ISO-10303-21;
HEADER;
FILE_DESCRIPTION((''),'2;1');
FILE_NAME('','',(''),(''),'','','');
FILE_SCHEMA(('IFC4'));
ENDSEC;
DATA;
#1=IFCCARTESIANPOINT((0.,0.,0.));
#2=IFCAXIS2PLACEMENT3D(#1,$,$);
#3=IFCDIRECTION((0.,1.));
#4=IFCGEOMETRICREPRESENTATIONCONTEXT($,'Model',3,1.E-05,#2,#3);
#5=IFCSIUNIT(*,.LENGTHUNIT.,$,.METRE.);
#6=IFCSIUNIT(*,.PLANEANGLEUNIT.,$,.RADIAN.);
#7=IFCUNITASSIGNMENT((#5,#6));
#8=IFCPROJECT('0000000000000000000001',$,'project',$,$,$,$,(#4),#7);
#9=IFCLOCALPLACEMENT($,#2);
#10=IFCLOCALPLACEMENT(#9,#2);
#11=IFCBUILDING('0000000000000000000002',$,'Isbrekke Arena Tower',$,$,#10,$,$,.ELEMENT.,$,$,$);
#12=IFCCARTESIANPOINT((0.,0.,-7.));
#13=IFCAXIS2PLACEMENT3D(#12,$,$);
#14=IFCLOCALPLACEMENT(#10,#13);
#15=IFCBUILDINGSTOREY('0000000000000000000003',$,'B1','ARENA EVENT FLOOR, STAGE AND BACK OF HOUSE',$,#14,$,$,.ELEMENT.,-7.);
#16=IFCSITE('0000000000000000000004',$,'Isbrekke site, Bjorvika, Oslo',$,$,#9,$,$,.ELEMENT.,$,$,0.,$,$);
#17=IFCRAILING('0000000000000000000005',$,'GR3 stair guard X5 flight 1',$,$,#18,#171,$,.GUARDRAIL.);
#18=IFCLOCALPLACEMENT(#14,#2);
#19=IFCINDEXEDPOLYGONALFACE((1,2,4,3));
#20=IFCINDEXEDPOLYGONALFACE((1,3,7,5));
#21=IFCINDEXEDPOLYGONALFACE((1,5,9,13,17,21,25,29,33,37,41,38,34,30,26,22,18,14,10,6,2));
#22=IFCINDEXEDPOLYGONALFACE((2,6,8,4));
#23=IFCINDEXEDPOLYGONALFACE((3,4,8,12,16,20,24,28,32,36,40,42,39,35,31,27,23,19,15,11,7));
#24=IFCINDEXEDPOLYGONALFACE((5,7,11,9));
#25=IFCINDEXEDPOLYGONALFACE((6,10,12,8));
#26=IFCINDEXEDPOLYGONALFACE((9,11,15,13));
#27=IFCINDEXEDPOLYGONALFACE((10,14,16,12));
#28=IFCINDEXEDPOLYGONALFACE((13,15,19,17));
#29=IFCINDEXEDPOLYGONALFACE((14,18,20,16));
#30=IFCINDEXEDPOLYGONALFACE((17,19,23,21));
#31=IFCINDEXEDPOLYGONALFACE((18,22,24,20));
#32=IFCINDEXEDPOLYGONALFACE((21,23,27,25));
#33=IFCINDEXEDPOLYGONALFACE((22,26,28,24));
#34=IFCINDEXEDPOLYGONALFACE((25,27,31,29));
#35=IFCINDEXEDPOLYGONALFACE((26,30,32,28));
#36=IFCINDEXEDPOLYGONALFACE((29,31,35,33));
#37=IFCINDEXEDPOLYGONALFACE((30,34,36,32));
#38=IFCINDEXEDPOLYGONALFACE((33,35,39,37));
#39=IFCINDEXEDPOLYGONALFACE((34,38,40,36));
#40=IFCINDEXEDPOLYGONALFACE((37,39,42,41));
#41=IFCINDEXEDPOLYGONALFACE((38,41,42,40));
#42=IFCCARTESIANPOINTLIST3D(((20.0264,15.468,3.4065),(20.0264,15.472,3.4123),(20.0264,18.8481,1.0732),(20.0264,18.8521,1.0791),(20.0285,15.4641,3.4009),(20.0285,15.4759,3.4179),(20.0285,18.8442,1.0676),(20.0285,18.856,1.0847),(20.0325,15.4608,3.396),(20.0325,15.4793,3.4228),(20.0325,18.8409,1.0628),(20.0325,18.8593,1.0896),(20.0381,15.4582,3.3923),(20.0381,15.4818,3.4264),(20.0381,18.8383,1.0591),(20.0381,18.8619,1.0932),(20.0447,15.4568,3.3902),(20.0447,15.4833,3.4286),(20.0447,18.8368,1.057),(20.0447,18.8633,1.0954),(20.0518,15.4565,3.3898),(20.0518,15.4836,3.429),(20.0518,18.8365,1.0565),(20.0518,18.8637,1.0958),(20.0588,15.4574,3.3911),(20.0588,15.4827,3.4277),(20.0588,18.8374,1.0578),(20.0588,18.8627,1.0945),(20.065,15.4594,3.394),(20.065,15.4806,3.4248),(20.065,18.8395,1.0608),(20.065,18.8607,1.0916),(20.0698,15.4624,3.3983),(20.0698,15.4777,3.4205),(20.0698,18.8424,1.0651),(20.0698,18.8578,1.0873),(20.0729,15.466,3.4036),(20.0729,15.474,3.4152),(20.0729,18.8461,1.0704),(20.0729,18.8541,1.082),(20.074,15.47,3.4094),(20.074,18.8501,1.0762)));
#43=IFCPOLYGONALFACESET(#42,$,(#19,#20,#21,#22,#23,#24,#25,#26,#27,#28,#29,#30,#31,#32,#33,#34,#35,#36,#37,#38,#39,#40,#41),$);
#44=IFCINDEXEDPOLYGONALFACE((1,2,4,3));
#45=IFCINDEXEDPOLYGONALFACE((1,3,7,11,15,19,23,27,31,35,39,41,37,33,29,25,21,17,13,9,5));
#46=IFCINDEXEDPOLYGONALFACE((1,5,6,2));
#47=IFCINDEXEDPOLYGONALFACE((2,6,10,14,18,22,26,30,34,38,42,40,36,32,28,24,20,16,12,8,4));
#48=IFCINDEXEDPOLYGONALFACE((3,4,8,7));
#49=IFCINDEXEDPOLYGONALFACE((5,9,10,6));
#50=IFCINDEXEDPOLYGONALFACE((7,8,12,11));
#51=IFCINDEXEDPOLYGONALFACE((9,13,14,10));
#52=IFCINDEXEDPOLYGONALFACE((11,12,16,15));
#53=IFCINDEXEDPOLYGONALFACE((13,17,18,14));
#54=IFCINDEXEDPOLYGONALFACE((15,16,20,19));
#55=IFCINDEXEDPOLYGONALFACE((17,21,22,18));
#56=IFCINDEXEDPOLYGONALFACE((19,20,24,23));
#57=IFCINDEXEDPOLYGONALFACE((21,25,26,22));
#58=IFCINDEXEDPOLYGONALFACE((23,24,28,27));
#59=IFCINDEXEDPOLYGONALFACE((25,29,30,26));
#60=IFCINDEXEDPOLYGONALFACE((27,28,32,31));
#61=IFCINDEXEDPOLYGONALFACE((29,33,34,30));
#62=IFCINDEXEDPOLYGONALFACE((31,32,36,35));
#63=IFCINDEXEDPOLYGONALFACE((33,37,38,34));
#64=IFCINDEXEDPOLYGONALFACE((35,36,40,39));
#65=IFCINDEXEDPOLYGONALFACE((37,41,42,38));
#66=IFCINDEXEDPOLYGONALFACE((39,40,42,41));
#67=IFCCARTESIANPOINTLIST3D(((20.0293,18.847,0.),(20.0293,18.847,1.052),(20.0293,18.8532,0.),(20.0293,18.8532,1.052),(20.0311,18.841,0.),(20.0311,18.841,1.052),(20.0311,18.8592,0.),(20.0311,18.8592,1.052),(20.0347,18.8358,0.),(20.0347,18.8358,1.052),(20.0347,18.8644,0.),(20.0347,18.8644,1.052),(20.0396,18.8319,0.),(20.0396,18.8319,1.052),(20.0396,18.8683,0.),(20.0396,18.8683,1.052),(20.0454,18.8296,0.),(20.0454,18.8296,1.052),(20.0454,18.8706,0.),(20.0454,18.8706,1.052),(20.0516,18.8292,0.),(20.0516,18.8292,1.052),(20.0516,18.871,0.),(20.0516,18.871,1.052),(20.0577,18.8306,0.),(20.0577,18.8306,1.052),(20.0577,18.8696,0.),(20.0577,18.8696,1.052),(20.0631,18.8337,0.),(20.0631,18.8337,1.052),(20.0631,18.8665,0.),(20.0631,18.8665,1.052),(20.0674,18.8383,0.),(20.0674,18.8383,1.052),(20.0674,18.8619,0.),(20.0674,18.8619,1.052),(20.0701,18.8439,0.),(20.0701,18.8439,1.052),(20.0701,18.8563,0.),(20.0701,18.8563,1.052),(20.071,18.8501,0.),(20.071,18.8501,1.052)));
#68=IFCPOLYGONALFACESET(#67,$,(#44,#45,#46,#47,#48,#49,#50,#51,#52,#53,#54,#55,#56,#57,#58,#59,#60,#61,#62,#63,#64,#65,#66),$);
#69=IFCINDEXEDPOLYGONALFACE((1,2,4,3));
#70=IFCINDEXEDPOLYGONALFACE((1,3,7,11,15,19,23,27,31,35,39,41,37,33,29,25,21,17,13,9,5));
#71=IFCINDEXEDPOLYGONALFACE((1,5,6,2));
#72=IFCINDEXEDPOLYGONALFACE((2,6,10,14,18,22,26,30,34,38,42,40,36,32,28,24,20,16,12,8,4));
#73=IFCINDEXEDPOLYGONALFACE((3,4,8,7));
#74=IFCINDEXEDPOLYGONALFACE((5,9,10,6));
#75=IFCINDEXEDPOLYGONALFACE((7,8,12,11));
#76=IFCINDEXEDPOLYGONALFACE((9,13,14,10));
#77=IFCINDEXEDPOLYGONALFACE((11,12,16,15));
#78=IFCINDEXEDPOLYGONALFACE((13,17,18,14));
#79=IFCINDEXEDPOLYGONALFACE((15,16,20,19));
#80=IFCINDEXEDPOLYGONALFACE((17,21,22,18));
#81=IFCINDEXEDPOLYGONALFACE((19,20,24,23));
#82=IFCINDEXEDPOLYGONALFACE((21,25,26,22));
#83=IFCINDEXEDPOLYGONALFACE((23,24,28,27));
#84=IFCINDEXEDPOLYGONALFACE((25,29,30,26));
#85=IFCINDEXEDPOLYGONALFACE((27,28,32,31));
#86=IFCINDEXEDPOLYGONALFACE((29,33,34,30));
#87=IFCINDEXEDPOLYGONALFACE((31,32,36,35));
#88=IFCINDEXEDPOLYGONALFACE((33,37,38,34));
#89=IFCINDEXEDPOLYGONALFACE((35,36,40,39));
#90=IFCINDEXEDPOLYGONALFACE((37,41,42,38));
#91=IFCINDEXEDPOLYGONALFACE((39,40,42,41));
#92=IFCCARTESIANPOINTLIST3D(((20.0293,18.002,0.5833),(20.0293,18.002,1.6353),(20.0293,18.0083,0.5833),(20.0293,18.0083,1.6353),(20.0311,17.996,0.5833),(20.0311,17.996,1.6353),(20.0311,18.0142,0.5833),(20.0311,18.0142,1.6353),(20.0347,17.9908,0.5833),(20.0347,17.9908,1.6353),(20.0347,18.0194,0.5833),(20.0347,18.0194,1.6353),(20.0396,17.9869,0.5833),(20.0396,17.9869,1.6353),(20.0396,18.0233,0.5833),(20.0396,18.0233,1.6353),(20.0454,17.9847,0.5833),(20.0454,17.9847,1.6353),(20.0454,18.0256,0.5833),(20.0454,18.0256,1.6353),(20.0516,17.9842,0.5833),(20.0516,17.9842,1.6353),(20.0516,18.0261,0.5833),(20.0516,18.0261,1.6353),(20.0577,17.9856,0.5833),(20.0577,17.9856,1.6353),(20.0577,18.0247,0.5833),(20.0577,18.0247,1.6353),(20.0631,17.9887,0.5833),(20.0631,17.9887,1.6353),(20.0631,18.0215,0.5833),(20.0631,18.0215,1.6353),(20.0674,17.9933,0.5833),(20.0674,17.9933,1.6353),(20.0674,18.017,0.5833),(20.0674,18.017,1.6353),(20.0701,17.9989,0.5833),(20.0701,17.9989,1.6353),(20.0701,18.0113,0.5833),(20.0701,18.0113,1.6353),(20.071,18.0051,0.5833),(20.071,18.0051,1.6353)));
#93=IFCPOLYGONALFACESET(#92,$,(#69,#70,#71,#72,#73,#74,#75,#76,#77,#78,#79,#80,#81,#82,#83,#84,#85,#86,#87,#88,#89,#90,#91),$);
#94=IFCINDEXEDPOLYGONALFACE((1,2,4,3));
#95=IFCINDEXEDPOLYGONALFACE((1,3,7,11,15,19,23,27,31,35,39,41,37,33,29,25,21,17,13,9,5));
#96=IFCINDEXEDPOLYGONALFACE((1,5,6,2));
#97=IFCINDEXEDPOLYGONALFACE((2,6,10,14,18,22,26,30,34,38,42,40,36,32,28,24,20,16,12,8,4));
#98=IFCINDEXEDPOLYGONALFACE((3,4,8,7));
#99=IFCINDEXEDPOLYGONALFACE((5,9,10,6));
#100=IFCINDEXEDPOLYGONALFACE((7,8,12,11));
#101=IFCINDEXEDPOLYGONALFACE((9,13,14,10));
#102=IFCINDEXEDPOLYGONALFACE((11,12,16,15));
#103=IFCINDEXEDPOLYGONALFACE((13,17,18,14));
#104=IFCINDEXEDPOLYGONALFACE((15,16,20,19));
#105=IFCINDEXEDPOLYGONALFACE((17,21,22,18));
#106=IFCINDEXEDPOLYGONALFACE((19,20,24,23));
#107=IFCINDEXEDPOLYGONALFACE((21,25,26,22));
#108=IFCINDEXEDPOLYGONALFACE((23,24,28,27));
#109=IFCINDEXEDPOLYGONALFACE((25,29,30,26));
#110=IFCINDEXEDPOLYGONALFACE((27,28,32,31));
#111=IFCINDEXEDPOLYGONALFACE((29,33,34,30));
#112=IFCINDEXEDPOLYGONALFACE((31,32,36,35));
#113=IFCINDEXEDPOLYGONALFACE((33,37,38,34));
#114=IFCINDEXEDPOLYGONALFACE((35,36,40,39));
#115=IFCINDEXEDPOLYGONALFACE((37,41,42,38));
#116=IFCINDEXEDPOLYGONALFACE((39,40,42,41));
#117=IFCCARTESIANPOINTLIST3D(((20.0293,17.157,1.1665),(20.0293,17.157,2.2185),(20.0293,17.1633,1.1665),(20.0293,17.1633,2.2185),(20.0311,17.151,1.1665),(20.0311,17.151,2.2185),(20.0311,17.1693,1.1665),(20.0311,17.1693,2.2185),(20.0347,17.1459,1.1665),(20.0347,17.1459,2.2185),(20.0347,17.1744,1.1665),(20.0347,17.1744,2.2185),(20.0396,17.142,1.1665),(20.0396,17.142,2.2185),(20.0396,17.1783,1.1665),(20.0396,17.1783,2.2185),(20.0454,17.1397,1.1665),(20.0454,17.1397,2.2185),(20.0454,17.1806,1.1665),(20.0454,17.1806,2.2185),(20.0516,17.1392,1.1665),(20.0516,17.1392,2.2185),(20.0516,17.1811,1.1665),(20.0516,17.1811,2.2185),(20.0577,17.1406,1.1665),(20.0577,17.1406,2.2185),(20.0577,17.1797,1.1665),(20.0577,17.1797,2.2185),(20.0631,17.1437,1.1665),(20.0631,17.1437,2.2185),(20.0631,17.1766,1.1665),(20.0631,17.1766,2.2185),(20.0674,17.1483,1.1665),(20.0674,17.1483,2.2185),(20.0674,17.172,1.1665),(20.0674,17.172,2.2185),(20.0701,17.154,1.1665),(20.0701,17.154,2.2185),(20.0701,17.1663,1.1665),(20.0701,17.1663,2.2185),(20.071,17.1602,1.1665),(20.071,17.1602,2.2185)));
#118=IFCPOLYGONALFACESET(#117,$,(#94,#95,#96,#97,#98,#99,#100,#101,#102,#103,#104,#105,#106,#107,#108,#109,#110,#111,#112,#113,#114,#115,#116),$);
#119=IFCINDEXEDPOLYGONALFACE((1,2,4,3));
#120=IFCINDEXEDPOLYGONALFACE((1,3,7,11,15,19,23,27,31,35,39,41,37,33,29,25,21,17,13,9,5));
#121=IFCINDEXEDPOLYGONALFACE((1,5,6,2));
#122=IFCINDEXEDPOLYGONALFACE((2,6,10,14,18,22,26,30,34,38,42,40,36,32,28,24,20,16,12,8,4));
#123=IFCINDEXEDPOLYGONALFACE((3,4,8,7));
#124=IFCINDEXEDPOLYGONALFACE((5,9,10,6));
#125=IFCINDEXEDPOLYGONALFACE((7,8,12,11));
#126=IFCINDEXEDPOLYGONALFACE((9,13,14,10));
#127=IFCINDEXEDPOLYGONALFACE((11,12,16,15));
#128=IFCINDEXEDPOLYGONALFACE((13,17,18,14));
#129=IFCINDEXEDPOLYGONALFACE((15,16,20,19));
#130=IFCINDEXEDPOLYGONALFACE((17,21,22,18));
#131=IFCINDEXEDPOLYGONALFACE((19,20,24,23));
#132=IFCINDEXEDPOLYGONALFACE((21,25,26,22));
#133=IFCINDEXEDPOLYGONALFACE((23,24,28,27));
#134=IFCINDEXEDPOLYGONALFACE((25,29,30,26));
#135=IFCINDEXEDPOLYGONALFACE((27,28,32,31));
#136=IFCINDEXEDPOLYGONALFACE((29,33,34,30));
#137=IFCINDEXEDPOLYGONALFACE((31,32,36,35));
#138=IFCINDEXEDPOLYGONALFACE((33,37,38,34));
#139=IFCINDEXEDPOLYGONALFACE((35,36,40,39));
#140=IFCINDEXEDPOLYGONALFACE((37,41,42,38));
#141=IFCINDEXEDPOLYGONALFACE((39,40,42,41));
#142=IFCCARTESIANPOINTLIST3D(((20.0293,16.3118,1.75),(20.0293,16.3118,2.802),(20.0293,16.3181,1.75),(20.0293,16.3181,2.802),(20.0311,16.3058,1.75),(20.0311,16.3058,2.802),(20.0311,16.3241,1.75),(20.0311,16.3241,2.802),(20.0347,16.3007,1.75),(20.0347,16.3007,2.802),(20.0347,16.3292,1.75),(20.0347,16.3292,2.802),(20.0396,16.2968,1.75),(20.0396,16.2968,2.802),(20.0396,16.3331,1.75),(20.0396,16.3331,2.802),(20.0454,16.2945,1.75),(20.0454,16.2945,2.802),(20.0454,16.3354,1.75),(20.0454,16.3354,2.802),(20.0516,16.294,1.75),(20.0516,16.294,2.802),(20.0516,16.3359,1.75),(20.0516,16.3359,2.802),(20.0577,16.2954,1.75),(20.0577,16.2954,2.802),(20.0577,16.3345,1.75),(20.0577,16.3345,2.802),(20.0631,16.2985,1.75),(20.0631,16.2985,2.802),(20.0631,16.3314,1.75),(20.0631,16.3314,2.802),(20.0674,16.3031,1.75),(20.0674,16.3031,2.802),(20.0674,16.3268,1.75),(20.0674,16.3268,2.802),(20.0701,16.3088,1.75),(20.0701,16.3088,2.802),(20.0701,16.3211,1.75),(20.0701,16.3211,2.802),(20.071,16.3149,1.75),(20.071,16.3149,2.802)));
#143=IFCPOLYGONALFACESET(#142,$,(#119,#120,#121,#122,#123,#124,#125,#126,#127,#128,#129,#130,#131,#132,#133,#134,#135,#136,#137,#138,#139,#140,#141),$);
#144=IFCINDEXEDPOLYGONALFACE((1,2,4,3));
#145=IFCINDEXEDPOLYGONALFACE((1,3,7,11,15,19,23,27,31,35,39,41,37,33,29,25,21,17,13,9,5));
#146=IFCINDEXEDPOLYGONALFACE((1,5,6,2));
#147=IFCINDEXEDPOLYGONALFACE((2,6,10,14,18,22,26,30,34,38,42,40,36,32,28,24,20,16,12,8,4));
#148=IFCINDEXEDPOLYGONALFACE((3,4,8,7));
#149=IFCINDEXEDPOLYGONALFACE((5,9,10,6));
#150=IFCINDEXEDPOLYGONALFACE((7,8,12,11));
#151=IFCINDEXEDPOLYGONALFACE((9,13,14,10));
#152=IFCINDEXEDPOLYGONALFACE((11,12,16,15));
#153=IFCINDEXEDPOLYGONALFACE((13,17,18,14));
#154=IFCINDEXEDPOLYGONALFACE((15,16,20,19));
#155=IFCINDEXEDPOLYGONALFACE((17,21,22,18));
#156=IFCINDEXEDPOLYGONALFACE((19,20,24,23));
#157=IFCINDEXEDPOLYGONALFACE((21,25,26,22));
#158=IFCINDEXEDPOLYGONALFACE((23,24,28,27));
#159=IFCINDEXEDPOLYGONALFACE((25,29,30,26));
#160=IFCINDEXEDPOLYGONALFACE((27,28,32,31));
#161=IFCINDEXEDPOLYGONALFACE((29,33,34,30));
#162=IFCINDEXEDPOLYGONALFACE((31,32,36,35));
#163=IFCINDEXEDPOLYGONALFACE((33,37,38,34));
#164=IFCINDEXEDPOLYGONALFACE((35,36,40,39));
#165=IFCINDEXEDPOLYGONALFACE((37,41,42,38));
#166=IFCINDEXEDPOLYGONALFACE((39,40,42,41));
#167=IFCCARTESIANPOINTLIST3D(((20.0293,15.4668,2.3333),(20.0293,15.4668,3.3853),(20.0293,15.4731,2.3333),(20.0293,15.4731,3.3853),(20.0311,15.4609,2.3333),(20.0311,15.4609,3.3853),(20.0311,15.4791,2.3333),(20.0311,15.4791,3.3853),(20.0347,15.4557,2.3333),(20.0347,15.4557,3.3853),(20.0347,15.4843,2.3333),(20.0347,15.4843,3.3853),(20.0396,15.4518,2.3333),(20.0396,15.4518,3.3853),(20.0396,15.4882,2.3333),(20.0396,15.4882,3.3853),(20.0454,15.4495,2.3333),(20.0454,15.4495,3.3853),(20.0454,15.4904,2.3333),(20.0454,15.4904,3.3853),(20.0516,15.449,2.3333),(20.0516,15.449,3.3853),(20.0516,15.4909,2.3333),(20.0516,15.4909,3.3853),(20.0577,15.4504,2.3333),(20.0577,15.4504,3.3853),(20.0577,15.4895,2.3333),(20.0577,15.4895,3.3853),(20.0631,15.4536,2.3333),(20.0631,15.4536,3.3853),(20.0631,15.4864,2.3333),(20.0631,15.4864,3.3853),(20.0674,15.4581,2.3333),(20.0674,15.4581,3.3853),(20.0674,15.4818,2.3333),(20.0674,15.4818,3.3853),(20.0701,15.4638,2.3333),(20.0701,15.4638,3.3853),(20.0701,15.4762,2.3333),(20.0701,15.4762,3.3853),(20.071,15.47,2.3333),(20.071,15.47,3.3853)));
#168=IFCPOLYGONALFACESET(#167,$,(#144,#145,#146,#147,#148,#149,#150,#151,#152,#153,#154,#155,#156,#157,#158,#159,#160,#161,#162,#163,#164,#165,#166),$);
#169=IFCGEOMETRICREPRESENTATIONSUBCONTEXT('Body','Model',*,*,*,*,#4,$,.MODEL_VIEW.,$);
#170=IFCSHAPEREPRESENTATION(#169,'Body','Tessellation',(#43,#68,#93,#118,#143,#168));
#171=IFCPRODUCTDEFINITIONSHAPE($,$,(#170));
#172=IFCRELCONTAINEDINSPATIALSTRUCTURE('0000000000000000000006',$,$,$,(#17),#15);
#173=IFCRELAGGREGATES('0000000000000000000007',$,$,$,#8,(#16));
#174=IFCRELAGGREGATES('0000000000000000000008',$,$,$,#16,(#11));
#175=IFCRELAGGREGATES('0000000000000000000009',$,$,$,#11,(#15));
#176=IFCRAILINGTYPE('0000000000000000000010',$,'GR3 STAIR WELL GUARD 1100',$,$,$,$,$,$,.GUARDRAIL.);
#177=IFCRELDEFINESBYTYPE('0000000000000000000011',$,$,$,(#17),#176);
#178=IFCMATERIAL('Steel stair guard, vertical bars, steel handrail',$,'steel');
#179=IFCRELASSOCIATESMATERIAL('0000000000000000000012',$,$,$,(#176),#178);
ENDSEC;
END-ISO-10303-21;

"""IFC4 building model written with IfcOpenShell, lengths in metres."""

from ifc_helpers import new_model, si_unit, direction, frame, origin, origin_2d, place, context, subcontext, project, spatial, circle, extrude, material, type_object, element, save


model = new_model("IFC4")

# Units and contexts
model_context = context("Model", 3, precision=1e-05, world=origin(), true_north=direction((0.0, 1.0)))
body_context = subcontext(model_context, "Body", "Model", "MODEL_VIEW")
ifc_project = project(units=[si_unit("LENGTHUNIT", "METRE"), si_unit("PLANEANGLEUNIT", "RADIAN")], contexts=[model_context])

# Site, building, storey
site_placement = place(None, origin())
site = spatial("IfcSite", under=ifc_project, at=site_placement, Name="Isbrekke site, Bjorvika, Oslo", CompositionType="ELEMENT", RefElevation=0.0)
building_placement = place(site_placement, origin())
building = spatial("IfcBuilding", under=site, at=building_placement, Name="Isbrekke Arena Tower", CompositionType="ELEMENT")
storey_placement = place(building_placement, frame((0.0, 0.0, -7.0)))
storey = spatial("IfcBuildingStorey", under=building, at=storey_placement, Name="B1", Description="ARENA EVENT FLOOR, STAGE AND BACK OF HOUSE", CompositionType="ELEMENT", Elevation=-7.0)

# Railing
ifc_material_1 = material(Name="Steel stair guard, vertical bars, steel handrail", Category="steel")
railing_type = type_object("IfcRailingType", Name="GR3 STAIR WELL GUARD 1100", PredefinedType="GUARDRAIL", material=ifc_material_1)
railing_1_placement = place(storey_placement, frame((20.05, 18.8501, 0.0)))
element("IfcRailing", 1, at=railing_1_placement, inside=storey, type_object=railing_type, Name="GR3 stair guard X5 flight 1", PredefinedType="GUARDRAIL", context=body_context, shape_type="SweptSolid", body=[
    extrude(circle(Radius=0.0239, at=origin_2d()), frame((0.0, 0.0, 1.0762), z_axis=(0.0, -0.82297, 0.568084), x_axis=(1.0, 0.0, 0.0)), (0.0, 0.0, 1.0), 4.1072),
    extrude(circle(Radius=0.021, at=origin_2d()), origin(), (0.0, 0.0, 1.0), 1.052),
    extrude(circle(Radius=0.021, at=origin_2d()), frame((0.0, -0.845, 0.5833)), (0.0, 0.0, 1.0), 1.052),
    extrude(circle(Radius=0.021, at=origin_2d()), frame((0.0, -1.6899, 1.1665)), (0.0, 0.0, 1.0), 1.052),
    extrude(circle(Radius=0.021, at=origin_2d()), frame((0.0, -2.5352, 1.75)), (0.0, 0.0, 1.0), 1.052),
    extrude(circle(Radius=0.021, at=origin_2d()), frame((0.0, -3.3801, 2.3333)), (0.0, 0.0, 1.0), 1.052),
])

save(model, "model.ifc")
